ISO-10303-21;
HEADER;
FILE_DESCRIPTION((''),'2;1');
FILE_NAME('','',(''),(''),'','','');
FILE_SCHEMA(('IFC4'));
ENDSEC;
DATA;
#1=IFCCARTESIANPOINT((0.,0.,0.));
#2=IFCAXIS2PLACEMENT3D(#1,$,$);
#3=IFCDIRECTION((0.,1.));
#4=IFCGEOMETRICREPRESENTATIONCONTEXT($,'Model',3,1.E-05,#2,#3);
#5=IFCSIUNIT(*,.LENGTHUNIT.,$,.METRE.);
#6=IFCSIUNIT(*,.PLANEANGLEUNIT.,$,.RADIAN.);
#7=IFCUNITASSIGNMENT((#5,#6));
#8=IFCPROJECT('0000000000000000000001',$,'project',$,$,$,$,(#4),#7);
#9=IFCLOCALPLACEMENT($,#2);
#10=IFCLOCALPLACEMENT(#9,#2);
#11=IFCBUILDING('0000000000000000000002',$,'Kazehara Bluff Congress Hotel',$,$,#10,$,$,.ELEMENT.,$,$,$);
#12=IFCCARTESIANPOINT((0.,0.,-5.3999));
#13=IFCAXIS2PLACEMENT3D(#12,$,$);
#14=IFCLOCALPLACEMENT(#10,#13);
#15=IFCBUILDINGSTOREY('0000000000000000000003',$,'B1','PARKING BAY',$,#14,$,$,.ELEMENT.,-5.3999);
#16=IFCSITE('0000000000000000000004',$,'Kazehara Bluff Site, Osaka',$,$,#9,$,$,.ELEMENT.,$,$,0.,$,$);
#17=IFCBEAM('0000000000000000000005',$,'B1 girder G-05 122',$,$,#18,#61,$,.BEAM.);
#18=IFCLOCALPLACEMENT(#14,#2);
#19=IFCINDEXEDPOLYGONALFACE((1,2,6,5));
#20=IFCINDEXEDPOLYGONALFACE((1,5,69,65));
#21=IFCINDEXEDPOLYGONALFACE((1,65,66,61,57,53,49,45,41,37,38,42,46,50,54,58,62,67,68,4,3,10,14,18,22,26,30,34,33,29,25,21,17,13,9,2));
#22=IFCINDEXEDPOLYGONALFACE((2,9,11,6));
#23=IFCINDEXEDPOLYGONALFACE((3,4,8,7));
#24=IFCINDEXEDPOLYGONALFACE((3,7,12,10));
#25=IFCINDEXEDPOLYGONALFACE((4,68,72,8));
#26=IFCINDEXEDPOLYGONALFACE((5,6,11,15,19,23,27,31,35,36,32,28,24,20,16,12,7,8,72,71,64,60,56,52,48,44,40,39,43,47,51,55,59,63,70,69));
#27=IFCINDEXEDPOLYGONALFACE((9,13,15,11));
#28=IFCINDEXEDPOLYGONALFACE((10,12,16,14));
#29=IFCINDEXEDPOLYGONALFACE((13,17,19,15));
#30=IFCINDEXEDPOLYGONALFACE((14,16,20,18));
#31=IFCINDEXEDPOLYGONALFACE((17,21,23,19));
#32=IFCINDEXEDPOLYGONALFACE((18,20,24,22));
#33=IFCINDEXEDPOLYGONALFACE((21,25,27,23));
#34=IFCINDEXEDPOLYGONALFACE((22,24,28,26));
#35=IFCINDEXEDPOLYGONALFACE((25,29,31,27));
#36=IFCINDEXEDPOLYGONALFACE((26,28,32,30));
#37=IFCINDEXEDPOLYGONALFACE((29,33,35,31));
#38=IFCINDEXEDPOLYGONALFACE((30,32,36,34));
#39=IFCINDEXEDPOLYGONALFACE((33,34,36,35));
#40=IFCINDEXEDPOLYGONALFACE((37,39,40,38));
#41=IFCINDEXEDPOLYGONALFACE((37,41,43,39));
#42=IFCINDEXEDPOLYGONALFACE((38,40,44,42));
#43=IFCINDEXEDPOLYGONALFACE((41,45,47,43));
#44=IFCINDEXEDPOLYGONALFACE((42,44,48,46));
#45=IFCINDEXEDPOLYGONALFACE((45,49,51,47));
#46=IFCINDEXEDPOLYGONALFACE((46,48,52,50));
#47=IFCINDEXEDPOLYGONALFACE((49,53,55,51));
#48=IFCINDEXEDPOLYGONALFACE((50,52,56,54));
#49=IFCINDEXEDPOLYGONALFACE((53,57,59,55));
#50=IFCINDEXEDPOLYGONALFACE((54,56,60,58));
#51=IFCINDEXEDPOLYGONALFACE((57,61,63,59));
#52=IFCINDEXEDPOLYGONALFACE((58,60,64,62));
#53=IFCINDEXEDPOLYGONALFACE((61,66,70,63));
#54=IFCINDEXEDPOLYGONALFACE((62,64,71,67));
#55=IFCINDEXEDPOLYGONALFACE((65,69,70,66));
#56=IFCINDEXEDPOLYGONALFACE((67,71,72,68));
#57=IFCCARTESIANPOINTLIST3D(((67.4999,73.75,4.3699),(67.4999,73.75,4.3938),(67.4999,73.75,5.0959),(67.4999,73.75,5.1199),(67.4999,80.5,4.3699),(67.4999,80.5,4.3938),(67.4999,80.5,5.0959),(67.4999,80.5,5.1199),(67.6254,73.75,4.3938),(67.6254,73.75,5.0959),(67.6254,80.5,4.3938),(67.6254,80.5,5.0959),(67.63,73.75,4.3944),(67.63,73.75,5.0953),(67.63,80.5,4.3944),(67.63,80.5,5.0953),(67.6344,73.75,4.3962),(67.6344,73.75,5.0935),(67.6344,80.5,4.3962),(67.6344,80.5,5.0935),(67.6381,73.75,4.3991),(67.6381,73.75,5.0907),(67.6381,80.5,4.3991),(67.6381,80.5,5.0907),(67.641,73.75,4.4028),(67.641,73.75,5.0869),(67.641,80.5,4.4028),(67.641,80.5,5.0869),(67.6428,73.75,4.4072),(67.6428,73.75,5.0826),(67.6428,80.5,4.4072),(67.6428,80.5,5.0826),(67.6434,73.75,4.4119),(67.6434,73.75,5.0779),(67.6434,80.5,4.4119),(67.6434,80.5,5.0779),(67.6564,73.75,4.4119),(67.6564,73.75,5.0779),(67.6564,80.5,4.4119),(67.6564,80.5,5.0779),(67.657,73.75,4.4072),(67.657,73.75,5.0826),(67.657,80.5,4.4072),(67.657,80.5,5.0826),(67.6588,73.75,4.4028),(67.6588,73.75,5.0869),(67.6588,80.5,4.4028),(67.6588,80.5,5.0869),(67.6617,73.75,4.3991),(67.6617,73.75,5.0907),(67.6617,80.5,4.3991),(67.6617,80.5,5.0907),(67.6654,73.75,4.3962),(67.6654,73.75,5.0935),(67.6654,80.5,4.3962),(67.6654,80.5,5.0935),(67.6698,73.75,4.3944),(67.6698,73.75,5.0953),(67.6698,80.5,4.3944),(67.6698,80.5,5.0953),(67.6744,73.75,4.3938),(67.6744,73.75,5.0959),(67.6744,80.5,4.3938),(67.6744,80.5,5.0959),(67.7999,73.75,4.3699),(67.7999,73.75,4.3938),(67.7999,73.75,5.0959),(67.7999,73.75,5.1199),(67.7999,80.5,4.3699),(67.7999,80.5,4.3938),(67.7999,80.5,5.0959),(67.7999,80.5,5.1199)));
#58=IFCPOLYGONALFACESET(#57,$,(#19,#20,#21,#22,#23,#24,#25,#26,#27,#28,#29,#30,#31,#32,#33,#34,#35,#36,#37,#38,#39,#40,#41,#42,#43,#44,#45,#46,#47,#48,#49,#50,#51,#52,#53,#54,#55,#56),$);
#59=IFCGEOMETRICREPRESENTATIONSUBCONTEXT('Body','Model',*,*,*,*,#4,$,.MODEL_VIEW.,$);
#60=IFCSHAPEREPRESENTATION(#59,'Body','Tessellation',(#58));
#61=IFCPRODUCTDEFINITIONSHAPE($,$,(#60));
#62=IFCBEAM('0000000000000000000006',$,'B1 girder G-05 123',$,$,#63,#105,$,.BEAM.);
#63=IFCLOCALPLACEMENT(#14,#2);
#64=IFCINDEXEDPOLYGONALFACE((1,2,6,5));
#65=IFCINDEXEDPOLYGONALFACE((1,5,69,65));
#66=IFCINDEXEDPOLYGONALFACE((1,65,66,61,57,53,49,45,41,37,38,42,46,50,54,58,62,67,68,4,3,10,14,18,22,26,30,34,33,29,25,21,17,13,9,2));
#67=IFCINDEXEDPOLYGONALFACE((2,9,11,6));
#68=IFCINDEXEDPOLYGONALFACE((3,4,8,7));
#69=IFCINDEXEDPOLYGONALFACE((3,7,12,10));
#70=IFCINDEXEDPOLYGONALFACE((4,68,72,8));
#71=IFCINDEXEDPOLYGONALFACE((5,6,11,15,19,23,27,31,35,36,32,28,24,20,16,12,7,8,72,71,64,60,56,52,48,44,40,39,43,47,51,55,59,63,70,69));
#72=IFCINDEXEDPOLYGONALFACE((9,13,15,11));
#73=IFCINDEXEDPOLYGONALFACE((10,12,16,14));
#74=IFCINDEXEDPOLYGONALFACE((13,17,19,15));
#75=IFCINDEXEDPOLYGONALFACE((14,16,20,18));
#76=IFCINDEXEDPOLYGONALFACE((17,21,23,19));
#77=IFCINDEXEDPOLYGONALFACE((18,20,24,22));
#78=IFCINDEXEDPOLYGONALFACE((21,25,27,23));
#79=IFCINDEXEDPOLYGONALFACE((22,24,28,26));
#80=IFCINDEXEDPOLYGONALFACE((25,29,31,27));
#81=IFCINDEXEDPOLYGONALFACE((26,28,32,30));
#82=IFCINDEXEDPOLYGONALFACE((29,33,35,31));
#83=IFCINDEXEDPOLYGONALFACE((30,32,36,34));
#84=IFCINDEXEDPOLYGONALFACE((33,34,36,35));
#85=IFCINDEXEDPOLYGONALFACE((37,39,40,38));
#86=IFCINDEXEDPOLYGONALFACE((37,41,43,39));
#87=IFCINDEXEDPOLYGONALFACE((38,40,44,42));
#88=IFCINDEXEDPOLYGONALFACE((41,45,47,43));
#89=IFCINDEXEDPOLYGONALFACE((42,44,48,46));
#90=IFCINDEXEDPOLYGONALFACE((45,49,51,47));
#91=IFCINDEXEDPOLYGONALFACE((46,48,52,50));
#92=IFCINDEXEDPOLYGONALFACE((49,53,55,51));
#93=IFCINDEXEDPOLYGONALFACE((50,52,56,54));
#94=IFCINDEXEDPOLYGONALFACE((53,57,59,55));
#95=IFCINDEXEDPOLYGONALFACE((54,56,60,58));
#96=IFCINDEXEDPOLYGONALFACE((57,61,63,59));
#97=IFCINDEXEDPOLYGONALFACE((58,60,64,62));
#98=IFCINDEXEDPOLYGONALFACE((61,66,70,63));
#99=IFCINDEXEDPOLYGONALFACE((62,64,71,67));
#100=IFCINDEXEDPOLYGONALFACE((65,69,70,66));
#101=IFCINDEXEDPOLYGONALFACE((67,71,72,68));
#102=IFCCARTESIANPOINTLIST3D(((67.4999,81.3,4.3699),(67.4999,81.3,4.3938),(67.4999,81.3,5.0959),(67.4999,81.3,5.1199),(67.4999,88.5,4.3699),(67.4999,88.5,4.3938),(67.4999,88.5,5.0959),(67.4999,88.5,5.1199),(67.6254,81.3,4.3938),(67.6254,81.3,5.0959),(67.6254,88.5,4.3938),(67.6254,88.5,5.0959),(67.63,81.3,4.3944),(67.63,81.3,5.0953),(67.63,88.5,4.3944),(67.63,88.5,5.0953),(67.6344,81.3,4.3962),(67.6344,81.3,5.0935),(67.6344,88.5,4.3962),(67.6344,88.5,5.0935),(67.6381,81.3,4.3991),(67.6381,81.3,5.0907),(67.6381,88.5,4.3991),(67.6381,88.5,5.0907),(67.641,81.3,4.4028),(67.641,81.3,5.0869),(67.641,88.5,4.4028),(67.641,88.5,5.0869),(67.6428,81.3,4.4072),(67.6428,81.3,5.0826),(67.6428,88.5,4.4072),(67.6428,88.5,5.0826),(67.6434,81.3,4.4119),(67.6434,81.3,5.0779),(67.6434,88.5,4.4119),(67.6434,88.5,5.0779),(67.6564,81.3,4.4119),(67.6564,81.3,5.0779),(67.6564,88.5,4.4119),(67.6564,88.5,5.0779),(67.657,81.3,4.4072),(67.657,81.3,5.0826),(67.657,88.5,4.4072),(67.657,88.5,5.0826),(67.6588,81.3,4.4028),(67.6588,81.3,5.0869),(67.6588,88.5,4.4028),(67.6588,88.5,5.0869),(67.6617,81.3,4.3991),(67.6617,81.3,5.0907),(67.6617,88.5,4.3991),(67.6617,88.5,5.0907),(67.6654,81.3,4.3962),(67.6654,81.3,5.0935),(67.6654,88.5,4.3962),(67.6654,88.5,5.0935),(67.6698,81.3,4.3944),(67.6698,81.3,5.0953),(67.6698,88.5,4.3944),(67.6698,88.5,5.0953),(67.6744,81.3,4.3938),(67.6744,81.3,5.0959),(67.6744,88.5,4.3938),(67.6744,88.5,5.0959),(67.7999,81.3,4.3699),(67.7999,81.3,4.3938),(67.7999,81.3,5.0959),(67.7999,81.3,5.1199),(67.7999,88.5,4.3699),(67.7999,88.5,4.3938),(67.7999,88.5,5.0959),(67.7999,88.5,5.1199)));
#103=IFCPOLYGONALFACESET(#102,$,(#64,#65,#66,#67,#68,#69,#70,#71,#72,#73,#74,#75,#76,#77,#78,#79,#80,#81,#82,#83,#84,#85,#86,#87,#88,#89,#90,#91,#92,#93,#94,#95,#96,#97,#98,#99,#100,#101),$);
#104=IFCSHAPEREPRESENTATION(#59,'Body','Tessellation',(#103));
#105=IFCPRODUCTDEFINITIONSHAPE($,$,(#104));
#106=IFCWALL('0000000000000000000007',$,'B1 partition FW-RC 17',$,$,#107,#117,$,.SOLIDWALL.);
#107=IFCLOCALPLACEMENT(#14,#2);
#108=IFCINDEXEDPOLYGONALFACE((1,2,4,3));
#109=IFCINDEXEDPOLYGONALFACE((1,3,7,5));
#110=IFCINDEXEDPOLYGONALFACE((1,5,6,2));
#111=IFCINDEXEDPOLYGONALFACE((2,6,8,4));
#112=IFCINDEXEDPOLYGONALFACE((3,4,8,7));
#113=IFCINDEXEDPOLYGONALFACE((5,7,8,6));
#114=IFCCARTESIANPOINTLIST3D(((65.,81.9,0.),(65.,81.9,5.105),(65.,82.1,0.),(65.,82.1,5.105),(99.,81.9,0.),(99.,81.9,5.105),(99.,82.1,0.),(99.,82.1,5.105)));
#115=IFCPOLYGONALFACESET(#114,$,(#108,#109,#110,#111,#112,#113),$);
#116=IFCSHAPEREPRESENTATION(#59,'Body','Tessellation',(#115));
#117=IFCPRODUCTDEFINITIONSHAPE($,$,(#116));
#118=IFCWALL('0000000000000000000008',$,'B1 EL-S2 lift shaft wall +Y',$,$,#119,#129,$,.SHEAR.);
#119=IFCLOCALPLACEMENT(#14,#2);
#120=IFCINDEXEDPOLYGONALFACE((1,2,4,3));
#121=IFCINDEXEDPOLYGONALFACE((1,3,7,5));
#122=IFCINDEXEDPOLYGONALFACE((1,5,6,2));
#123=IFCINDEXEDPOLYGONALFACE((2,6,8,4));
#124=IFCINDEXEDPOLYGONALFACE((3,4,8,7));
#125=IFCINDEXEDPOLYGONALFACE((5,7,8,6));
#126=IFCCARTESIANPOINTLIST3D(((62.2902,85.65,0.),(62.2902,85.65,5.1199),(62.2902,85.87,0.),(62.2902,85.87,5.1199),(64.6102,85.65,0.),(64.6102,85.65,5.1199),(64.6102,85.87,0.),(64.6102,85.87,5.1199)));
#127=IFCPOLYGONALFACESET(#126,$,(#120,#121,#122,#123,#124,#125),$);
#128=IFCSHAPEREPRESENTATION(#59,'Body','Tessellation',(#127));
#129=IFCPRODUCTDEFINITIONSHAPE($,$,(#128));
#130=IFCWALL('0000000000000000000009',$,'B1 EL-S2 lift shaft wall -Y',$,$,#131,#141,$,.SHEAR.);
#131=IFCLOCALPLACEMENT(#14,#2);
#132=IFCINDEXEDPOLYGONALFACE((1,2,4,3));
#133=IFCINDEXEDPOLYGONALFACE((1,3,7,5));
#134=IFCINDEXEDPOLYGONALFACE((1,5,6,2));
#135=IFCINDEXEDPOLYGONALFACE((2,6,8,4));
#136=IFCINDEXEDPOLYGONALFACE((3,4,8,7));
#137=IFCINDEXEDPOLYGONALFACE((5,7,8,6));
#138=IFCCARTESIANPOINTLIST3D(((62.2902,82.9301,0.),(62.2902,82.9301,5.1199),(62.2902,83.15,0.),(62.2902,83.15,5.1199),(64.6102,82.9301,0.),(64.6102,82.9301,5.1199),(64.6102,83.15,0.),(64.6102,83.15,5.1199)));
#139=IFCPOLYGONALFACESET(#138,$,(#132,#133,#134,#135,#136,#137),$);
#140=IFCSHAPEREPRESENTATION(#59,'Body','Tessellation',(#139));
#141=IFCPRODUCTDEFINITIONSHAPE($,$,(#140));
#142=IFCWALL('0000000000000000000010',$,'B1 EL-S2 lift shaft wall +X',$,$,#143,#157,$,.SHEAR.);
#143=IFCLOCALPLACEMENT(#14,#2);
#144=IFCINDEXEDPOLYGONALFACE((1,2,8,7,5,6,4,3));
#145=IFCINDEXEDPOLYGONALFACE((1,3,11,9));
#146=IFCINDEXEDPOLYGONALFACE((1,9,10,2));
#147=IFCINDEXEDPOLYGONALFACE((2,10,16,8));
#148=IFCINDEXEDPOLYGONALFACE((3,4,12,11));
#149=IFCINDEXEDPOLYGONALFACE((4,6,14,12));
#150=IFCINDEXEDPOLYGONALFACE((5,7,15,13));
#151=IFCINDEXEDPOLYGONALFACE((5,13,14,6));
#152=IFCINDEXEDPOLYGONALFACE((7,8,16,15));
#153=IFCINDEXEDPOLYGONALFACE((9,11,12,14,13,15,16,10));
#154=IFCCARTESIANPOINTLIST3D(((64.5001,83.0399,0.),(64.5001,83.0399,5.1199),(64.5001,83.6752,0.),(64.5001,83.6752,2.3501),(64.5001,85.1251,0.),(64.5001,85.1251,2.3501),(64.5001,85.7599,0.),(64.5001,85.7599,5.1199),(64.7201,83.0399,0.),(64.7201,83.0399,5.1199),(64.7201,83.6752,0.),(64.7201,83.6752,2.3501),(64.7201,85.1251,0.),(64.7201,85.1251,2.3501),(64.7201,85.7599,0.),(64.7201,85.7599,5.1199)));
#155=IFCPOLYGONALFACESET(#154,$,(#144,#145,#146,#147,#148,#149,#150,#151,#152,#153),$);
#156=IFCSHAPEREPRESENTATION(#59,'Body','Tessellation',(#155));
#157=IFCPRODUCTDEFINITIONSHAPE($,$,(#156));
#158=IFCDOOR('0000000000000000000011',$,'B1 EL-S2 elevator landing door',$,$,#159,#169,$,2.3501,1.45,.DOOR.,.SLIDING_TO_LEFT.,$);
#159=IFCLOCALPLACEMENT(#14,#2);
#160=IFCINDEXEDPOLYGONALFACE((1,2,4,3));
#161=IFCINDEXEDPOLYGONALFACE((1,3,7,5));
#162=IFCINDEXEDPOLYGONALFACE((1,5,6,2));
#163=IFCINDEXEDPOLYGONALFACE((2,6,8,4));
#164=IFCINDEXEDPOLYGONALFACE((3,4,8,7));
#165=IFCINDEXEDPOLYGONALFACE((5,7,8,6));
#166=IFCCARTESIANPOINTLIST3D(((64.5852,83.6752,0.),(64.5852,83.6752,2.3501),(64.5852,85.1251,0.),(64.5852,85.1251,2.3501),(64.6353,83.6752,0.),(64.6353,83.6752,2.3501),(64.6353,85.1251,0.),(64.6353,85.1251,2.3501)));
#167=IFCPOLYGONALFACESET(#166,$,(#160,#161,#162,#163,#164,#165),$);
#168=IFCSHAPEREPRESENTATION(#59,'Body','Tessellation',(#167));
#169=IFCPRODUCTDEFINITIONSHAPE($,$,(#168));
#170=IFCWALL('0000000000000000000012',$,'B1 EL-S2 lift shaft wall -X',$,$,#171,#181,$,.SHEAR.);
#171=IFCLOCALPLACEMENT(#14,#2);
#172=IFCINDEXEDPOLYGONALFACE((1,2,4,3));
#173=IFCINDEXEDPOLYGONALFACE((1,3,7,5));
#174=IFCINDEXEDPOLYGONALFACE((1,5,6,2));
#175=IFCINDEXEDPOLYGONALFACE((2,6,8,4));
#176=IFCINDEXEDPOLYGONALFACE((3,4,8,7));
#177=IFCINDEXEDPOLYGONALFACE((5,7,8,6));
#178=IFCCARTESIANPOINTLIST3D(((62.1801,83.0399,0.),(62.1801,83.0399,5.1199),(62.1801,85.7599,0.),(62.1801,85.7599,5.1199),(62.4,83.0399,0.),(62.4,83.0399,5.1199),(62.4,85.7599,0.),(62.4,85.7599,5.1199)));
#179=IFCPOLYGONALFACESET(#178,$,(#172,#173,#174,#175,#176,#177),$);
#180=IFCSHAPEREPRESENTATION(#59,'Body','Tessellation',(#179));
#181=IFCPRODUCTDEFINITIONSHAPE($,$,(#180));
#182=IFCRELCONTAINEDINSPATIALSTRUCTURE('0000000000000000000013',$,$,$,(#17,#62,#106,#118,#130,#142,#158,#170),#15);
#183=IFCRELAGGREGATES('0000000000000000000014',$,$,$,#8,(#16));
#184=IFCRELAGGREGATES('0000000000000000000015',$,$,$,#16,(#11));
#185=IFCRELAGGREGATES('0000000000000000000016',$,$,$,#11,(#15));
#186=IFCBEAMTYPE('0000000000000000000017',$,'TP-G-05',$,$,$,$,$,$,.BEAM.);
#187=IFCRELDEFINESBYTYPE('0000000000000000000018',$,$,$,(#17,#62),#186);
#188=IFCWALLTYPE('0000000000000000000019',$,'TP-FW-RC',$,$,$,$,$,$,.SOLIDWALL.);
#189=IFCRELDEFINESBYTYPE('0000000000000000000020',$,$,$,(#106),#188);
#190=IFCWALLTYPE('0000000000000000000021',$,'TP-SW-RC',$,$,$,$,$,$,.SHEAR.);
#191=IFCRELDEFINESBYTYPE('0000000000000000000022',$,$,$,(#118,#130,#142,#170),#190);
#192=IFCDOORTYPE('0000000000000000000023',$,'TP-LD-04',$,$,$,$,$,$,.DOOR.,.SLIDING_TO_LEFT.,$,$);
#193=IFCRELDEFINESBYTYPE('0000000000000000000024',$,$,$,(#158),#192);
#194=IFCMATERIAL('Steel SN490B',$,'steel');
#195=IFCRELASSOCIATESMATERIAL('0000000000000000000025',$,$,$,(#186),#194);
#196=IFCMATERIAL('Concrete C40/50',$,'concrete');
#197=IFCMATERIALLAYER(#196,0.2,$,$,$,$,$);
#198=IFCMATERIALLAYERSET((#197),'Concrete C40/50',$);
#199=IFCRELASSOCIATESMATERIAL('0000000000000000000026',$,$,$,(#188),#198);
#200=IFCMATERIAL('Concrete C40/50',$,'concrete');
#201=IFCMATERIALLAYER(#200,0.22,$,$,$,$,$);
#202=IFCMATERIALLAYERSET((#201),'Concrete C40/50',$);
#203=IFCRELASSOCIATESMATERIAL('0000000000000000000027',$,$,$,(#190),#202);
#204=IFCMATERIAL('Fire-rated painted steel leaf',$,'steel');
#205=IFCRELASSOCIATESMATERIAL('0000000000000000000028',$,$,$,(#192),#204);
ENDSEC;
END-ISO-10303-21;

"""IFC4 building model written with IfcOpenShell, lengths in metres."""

from ifc_helpers import new_model, si_unit, direction, frame, frame_2d, origin, origin_2d, place, context, subcontext, project, spatial, rectangle, i_section, extrude, material, layer, layer_set, material_profile, profile_set, type_object, element, fill, save


model = new_model("IFC4")

# Units and contexts
model_context = context("Model", 3, precision=1e-05, world=origin(), true_north=direction((0.0, 1.0)))
body_context = subcontext(model_context, "Body", "Model", "MODEL_VIEW")
ifc_project = project(units=[si_unit("LENGTHUNIT", "METRE"), si_unit("PLANEANGLEUNIT", "RADIAN")], contexts=[model_context])

# Site, building, storey
site_placement = place(None, origin())
site = spatial("IfcSite", under=ifc_project, at=site_placement, Name="Kazehara Bluff Site, Osaka", CompositionType="ELEMENT", RefElevation=0.0)
building_placement = place(site_placement, origin())
building = spatial("IfcBuilding", under=site, at=building_placement, Name="Kazehara Bluff Congress Hotel", CompositionType="ELEMENT")
storey_placement = place(building_placement, frame((0.0, 0.0, -5.3999)))
storey = spatial("IfcBuildingStorey", under=building, at=storey_placement, Name="B1", Description="PARKING BAY", CompositionType="ELEMENT", Elevation=-5.3999)

# Beams
ifc_material_1 = material(Name="Steel SN490B", Category="steel")
ifc_material_profile_1 = material_profile(ifc_material_1, i_section(OverallWidth=0.3, OverallDepth=0.75, WebThickness=0.0129, FlangeThickness=0.0239, FilletRadius=0.0181, at=origin_2d()))
ifc_profile_set_1 = profile_set([ifc_material_profile_1], Name="Steel SN490B")
beam_type_1 = type_object("IfcBeamType", Name="TP-G-05", PredefinedType="BEAM", material=ifc_profile_set_1)
beam_1_placement = place(storey_placement, frame((67.6499, 73.75, 4.7449), z_axis=(0.0, 1.0, 0.0), x_axis=(-1.0, 0.0, 0.0)))
element("IfcBeam", 1, at=beam_1_placement, inside=storey, type_object=beam_type_1, Name="B1 girder G-05 122", PredefinedType="BEAM", context=body_context, shape_type="SweptSolid", body=[
    extrude(i_section(OverallWidth=0.3, OverallDepth=0.75, WebThickness=0.0129, FlangeThickness=0.0239, FilletRadius=0.0181, at=origin_2d()), origin(), (0.0, 0.0, 1.0), 6.75),
])
beam_2_placement = place(storey_placement, frame((67.6499, 81.3, 4.7449), z_axis=(0.0, 1.0, 0.0), x_axis=(-1.0, 0.0, 0.0)))
element("IfcBeam", 2, at=beam_2_placement, inside=storey, type_object=beam_type_1, Name="B1 girder G-05 123", PredefinedType="BEAM", context=body_context, shape_type="SweptSolid", body=[
    extrude(i_section(OverallWidth=0.3, OverallDepth=0.75, WebThickness=0.0129, FlangeThickness=0.0239, FilletRadius=0.0181, at=origin_2d()), origin(), (0.0, 0.0, 1.0), 7.2),
])

# Walls
ifc_material_2 = material(Name="Concrete C40/50", Category="concrete")
ifc_layer_1 = layer(ifc_material_2, 0.2)
ifc_layer_set_1 = layer_set([ifc_layer_1], Name="Concrete C40/50")
wall_type_1 = type_object("IfcWallType", Name="TP-FW-RC", PredefinedType="SOLIDWALL", material=ifc_layer_set_1)
wall_1_placement = place(storey_placement, frame((65.0, 82.0, 0.0), z_axis=(0.0, 0.0, 1.0), x_axis=(1.0, 0.0, 0.0)))
element("IfcWall", 3, at=wall_1_placement, inside=storey, type_object=wall_type_1, Name="B1 partition FW-RC 17", PredefinedType="SOLIDWALL", context=body_context, shape_type="SweptSolid", body=[
    extrude(rectangle(XDim=34.0, YDim=0.2, at=frame_2d((17.0, 0.0))), origin(), (0.0, 0.0, 1.0), 5.105),
])
ifc_material_3 = material(Name="Concrete C40/50", Category="concrete")
ifc_layer_2 = layer(ifc_material_3, 0.22)
ifc_layer_set_2 = layer_set([ifc_layer_2], Name="Concrete C40/50")
wall_type_2 = type_object("IfcWallType", Name="TP-SW-RC", PredefinedType="SHEAR", material=ifc_layer_set_2)
for number, where, z_axis, x_axis, name in (
    (4, (62.29, 85.76, 0.0), (0.0, 0.0, 1.0), (1.0, 0.0, 0.0), "B1 EL-S2 lift shaft wall +Y"),
    (5, (62.29, 83.04, 0.0), (0.0, 0.0, 1.0), (1.0, 0.0, 0.0), "B1 EL-S2 lift shaft wall -Y"),
):
    element("IfcWall", number, at=place(storey_placement, frame(where, z_axis=z_axis, x_axis=x_axis)), inside=storey, type_object=wall_type_2, Name=name, PredefinedType="SHEAR", context=body_context, shape_type="SweptSolid", body=[
        extrude(rectangle(XDim=2.3201, YDim=0.22, at=frame_2d((1.1602, 0.0))), origin(), (0.0, 0.0, 1.0), 5.1199),
    ])

# Wall, opening, door
wall_2_placement = place(storey_placement, frame((64.6101, 83.04, 0.0), z_axis=(0.0, 0.0, 1.0), x_axis=(0.0, 1.0, 0.0)))
wall_2 = element("IfcWall", 6, at=wall_2_placement, inside=storey, type_object=wall_type_2, Name="B1 EL-S2 lift shaft wall +X", PredefinedType="SHEAR", context=body_context, shape_type="SweptSolid", body=[
    extrude(rectangle(XDim=2.72, YDim=0.22, at=frame_2d((1.3599, 0.0))), origin(), (0.0, 0.0, 1.0), 5.1199),
])
opening_placement = place(wall_2_placement, frame((0.635, 0.0, 0.0)))
opening = element("IfcOpeningElement", 7, at=opening_placement, cuts=wall_2, PredefinedType="OPENING", context=body_context, shape_type="SweptSolid", body=[
    extrude(rectangle(XDim=1.45, YDim=2.3501, at=frame_2d((0.7251, 1.175))), frame((0.0, 0.1199, 0.0), z_axis=(0.0, -1.0, 0.0), x_axis=(1.0, 0.0, 0.0)), (0.0, 0.0, 1.0), 0.24),
])
ifc_material_4 = material(Name="Fire-rated painted steel leaf", Category="steel")
door_type = type_object("IfcDoorType", Name="TP-LD-04", OperationType="SLIDING_TO_LEFT", PredefinedType="DOOR", material=ifc_material_4)
door_placement = place(opening_placement, origin())
door = element("IfcDoor", 8, at=door_placement, inside=storey, type_object=door_type, Name="B1 EL-S2 elevator landing door", OperationType="SLIDING_TO_LEFT", OverallHeight=2.3501, OverallWidth=1.45, PredefinedType="DOOR", context=body_context, shape_type="SweptSolid", body=[
    extrude(rectangle(XDim=1.45, YDim=2.3501, at=frame_2d((0.7251, 1.175))), frame((0.0, 0.0249, 0.0), z_axis=(0.0, -1.0, 0.0), x_axis=(1.0, 0.0, 0.0)), (0.0, 0.0, 1.0), 0.05),
])
fill(opening, door)

# Wall
wall_3_placement = place(storey_placement, frame((62.29, 83.04, 0.0), z_axis=(0.0, 0.0, 1.0), x_axis=(0.0, 1.0, 0.0)))
element("IfcWall", 9, at=wall_3_placement, inside=storey, type_object=wall_type_2, Name="B1 EL-S2 lift shaft wall -X", PredefinedType="SHEAR", context=body_context, shape_type="SweptSolid", body=[
    extrude(rectangle(XDim=2.72, YDim=0.22, at=frame_2d((1.3599, 0.0))), origin(), (0.0, 0.0, 1.0), 5.1199),
])

save(model, "model.ifc")
